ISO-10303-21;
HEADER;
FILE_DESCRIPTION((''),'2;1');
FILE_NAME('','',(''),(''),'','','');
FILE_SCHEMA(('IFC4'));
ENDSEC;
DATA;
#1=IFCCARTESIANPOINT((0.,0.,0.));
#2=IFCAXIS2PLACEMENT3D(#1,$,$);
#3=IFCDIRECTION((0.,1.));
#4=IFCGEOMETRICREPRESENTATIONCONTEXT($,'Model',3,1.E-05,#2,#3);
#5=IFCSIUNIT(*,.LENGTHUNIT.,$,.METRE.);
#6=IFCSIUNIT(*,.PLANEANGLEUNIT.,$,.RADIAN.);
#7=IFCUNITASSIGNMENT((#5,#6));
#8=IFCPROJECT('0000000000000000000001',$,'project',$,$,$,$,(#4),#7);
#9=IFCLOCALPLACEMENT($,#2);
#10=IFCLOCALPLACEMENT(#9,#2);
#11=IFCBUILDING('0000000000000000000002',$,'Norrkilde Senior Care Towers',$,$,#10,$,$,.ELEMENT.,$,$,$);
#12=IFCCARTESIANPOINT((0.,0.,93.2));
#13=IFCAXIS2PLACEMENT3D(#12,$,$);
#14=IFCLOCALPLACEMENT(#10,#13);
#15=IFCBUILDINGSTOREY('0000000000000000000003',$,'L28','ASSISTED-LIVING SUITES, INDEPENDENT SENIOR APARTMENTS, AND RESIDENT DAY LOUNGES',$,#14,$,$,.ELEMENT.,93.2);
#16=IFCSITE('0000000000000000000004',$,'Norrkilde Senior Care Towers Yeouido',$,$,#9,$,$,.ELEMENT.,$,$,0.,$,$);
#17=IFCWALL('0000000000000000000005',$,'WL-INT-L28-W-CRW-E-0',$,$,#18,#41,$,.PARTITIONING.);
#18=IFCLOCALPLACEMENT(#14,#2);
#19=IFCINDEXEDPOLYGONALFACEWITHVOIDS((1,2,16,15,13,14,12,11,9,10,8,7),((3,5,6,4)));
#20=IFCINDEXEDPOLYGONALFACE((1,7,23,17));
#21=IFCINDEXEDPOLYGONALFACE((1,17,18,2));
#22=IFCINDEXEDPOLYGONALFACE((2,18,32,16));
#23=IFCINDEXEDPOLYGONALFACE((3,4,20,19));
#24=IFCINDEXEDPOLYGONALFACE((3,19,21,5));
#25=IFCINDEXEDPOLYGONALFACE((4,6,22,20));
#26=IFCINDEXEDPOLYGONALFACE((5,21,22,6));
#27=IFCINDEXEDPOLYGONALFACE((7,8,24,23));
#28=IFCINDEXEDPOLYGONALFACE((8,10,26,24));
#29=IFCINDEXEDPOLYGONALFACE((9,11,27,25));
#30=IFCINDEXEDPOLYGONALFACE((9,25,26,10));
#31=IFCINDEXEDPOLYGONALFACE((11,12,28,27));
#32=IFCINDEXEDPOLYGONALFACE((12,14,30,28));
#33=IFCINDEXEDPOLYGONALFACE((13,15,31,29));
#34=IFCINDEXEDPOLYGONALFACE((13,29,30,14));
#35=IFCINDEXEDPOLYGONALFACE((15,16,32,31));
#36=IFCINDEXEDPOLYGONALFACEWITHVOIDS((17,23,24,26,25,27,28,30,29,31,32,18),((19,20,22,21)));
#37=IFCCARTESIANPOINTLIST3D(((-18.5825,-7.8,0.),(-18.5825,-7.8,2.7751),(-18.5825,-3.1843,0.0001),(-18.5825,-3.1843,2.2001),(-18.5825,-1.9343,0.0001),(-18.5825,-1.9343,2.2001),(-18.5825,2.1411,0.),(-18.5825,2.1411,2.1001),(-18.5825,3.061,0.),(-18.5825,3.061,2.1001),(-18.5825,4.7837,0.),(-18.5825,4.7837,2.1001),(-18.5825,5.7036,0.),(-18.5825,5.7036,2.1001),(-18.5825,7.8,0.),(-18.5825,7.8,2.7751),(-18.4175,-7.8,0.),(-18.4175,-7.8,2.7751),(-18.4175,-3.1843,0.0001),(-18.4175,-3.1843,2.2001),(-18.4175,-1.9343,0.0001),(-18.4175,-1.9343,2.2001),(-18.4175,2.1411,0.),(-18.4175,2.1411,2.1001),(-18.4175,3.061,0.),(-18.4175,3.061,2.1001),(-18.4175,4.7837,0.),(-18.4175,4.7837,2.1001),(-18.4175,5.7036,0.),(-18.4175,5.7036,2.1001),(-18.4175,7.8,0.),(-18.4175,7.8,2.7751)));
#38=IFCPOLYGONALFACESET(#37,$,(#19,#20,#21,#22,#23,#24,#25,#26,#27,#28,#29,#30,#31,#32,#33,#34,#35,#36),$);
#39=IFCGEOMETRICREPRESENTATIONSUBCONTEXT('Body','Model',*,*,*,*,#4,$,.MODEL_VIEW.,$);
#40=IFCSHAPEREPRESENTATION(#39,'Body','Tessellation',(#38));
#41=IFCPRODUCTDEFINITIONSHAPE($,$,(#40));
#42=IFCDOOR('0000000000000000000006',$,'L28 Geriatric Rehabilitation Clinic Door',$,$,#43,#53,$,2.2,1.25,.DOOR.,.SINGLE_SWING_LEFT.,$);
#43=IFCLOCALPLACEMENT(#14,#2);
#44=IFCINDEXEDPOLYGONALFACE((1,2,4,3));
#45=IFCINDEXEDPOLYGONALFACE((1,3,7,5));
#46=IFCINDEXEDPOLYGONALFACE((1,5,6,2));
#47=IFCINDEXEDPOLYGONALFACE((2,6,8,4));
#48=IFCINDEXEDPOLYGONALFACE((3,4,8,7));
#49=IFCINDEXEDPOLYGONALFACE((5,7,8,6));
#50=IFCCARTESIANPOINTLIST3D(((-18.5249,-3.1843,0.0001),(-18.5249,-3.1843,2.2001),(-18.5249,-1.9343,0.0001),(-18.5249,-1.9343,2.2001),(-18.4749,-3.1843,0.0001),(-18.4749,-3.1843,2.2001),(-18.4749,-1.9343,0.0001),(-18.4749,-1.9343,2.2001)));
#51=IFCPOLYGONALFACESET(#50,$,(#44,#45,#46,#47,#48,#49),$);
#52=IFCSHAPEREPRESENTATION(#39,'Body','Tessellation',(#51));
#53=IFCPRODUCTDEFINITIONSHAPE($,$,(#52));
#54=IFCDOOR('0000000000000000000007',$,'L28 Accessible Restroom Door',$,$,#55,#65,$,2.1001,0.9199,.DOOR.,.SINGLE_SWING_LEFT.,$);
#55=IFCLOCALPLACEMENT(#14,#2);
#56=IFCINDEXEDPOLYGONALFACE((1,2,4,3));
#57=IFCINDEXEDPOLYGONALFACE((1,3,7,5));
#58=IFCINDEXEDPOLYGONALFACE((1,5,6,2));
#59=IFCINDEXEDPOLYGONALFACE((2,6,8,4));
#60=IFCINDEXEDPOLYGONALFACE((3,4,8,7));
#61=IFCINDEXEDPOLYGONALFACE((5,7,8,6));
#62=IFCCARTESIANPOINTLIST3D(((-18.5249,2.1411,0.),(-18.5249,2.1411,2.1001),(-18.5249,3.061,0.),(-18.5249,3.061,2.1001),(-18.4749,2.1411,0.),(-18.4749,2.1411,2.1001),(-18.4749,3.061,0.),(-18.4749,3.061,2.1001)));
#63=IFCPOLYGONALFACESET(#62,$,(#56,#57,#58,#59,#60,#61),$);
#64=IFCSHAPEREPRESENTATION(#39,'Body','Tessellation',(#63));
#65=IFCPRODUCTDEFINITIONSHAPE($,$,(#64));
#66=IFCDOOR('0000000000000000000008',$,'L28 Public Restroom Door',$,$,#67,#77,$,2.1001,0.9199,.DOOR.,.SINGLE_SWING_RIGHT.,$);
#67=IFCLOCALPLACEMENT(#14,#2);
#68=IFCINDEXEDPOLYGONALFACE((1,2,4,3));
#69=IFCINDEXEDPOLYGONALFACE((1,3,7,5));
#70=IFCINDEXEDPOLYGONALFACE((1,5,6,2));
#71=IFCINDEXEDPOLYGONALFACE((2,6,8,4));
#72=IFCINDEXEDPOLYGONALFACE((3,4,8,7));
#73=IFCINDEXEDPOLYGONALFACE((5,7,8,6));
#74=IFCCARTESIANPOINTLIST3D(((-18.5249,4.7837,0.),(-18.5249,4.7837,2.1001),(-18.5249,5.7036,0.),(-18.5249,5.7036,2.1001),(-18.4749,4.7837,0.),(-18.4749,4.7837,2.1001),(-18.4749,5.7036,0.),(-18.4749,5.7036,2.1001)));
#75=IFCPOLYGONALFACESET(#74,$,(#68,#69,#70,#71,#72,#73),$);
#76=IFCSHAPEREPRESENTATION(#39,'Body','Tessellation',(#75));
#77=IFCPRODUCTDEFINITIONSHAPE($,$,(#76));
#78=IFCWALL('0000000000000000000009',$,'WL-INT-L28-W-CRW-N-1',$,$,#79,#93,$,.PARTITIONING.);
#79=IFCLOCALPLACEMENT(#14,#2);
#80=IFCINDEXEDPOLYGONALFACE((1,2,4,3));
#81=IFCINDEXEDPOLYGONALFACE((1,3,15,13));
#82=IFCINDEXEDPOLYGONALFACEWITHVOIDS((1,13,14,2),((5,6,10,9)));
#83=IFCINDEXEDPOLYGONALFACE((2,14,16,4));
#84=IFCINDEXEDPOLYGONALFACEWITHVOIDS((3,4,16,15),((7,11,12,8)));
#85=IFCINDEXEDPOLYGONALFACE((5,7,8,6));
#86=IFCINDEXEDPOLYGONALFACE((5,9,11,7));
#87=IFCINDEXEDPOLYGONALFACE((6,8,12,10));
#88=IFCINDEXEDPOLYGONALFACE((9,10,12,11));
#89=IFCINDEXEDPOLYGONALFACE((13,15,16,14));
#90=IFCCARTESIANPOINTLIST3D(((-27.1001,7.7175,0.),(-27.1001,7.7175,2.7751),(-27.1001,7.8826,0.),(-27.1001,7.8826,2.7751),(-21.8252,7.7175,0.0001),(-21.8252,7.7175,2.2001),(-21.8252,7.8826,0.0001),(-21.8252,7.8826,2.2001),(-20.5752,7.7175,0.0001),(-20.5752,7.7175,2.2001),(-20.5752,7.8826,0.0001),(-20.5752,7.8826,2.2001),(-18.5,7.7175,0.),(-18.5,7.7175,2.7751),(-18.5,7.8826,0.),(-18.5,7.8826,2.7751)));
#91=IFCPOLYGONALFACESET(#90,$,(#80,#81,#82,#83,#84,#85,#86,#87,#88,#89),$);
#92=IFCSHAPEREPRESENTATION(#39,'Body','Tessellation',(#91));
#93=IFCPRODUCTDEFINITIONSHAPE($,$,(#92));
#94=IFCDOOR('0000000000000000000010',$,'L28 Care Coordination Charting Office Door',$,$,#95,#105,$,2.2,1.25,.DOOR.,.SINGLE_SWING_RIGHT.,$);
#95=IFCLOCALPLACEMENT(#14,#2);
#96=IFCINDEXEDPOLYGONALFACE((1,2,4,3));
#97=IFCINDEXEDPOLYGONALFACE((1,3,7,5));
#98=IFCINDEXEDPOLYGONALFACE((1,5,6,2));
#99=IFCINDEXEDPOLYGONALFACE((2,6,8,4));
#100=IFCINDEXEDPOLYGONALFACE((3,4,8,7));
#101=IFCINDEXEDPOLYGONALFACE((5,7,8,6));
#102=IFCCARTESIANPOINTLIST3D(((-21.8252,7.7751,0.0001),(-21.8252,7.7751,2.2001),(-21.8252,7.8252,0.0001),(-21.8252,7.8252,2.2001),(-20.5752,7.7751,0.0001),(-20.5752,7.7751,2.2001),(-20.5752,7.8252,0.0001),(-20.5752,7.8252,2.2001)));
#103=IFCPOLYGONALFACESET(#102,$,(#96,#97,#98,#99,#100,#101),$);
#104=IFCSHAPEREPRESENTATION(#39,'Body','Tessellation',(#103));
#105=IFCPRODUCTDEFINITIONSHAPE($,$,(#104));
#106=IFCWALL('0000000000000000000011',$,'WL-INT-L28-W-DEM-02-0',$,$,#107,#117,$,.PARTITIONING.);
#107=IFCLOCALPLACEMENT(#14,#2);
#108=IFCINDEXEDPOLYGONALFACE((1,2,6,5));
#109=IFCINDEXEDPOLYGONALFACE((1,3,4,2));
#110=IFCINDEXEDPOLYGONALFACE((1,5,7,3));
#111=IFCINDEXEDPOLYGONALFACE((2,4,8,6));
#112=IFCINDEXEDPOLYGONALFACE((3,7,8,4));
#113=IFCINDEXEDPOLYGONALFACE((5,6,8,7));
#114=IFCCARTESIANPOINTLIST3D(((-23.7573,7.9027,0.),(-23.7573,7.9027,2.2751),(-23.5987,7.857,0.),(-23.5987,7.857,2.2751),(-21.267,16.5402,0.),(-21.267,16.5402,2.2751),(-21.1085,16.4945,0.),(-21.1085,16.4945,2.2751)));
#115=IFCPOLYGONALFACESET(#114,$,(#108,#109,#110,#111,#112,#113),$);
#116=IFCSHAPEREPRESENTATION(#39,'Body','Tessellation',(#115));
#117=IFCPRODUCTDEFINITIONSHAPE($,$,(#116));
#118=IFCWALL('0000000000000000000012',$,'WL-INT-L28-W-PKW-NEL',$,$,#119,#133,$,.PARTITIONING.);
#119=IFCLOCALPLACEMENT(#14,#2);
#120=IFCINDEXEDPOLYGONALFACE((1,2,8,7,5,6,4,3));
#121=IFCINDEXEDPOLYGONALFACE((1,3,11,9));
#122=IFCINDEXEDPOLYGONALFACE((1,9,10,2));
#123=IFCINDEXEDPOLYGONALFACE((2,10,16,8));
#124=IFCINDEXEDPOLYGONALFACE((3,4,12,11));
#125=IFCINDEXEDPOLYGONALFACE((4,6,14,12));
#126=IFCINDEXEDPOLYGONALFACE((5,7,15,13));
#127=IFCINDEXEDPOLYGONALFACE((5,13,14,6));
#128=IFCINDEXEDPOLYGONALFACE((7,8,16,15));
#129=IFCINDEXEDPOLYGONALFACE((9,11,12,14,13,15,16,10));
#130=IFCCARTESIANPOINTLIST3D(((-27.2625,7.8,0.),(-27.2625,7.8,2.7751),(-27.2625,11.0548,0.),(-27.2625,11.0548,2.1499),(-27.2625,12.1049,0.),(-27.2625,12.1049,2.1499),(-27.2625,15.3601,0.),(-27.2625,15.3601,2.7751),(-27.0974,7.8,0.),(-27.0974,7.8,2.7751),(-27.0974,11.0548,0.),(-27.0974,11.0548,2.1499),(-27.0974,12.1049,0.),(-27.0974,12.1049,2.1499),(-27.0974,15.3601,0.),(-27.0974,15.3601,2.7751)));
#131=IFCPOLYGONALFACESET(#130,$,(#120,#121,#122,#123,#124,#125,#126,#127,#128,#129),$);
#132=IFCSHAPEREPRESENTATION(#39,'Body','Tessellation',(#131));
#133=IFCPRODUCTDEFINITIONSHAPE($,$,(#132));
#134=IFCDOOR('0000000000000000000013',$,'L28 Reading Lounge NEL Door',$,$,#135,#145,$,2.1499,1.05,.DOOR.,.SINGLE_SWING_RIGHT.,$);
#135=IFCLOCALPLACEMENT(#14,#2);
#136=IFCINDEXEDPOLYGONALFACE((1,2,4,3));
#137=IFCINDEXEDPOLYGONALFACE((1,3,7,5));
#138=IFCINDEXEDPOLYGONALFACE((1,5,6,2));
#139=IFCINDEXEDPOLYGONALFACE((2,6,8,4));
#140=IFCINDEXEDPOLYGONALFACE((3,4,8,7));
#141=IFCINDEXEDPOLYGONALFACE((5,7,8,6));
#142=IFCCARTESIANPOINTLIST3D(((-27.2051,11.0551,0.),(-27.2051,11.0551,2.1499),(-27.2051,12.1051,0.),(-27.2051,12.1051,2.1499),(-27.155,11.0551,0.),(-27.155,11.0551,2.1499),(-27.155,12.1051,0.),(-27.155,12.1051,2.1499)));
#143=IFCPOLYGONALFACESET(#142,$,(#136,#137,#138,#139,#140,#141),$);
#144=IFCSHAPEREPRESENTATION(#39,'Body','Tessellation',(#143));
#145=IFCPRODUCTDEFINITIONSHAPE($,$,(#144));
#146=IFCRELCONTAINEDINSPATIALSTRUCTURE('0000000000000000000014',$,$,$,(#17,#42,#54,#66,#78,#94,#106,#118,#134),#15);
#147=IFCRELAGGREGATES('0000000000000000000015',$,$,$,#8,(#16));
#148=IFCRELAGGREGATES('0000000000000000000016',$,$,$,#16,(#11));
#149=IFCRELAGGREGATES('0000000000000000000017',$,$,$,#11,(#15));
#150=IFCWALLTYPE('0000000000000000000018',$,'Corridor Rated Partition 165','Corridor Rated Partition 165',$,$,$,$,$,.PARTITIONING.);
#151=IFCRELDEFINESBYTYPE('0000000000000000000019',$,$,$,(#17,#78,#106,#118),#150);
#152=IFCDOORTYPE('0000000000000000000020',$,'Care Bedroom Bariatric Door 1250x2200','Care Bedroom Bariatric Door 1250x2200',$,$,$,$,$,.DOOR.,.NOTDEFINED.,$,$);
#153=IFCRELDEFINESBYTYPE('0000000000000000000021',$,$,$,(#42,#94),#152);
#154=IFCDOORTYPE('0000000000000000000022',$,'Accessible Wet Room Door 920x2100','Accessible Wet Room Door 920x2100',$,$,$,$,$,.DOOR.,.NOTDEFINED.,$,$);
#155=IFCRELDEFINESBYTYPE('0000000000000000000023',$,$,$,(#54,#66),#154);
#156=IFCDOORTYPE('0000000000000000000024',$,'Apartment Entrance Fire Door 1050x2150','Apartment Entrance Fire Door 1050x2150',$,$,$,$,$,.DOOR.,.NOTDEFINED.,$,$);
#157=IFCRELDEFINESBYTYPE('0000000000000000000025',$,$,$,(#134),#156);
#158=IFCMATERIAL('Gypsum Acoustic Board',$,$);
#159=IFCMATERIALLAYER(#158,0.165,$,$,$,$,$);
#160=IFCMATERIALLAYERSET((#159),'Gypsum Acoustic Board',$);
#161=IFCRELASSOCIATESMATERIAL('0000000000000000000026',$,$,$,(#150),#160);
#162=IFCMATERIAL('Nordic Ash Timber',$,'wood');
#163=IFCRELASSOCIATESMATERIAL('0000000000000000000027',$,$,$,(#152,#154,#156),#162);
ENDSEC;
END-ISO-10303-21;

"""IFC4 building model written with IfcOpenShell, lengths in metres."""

from ifc_helpers import new_model, si_unit, direction, frame, frame_2d, origin, place, context, subcontext, project, spatial, rectangle, extrude, source, transform, mapped, material, layer, layer_set, type_object, type_shapes, element, fill, save


model = new_model("IFC4")

# Units and contexts
model_context = context("Model", 3, precision=1e-05, world=origin(), true_north=direction((0.0, 1.0)))
body_context = subcontext(model_context, "Body", "Model", "MODEL_VIEW")
ifc_project = project(units=[si_unit("LENGTHUNIT", "METRE"), si_unit("PLANEANGLEUNIT", "RADIAN")], contexts=[model_context])

# Site, building, storey
site_placement = place(None, origin())
site = spatial("IfcSite", under=ifc_project, at=site_placement, Name="Norrkilde Senior Care Towers Yeouido", CompositionType="ELEMENT", RefElevation=0.0)
building_placement = place(site_placement, origin())
building = spatial("IfcBuilding", under=site, at=building_placement, Name="Norrkilde Senior Care Towers", CompositionType="ELEMENT")
storey_placement = place(building_placement, frame((0.0, 0.0, 93.2)))
storey = spatial("IfcBuildingStorey", under=building, at=storey_placement, Name="L28", Description="ASSISTED-LIVING SUITES, INDEPENDENT SENIOR APARTMENTS, AND RESIDENT DAY LOUNGES", CompositionType="ELEMENT", Elevation=93.2)

# Wall, openings, doors
ifc_material_1 = material(Name="Gypsum Acoustic Board")
ifc_layer_1 = layer(ifc_material_1, 0.165)
ifc_layer_set_1 = layer_set([ifc_layer_1], Name="Gypsum Acoustic Board")
wall_type = type_object("IfcWallType", Name="Corridor Rated Partition 165", Description="Corridor Rated Partition 165", PredefinedType="PARTITIONING", material=ifc_layer_set_1)
shared_shape_1 = source(origin(), body_context, "Body", "SweptSolid", [
    extrude(rectangle(XDim=15.6001, YDim=0.165, at=frame_2d((7.8, 0.0))), origin(), (0.0, 0.0, 1.0), 2.7751),
])
wall_1_placement = place(storey_placement, frame((-18.5, 7.8, 0.0), z_axis=(0.0, 0.0, 1.0), x_axis=(0.0, -1.0, 0.0)))
wall_1 = element("IfcWall", 1, at=wall_1_placement, inside=storey, type_object=wall_type, Name="WL-INT-L28-W-CRW-E-0", PredefinedType="PARTITIONING", context=body_context, shape_type="MappedRepresentation", body=[
    mapped(shared_shape_1, transform((0.0, 0.0, 0.0), x_axis=(1.0, 0.0, 0.0), y_axis=(0.0, 1.0, 0.0), z_axis=(0.0, 0.0, 1.0), scale=1.0)),
])
opening_1_placement = place(wall_1_placement, frame((9.7344, 0.0, 0.0)))
opening_1 = element("IfcOpeningElement", 2, at=opening_1_placement, cuts=wall_1, PredefinedType="OPENING", context=body_context, shape_type="SweptSolid", body=[
    extrude(rectangle(XDim=1.25, YDim=2.2, at=frame_2d((0.625, 1.1001))), frame((0.0, 0.0925, 0.0), z_axis=(0.0, -1.0, 0.0), x_axis=(1.0, 0.0, 0.0)), (0.0, 0.0, 1.0), 0.1851),
])
opening_2_placement = place(wall_1_placement, frame((4.739, 0.0, 0.0)))
opening_2 = element("IfcOpeningElement", 3, at=opening_2_placement, cuts=wall_1, PredefinedType="OPENING", context=body_context, shape_type="SweptSolid", body=[
    extrude(rectangle(XDim=0.9199, YDim=2.1001, at=frame_2d((0.46, 1.05))), frame((0.0, 0.0925, 0.0), z_axis=(0.0, -1.0, 0.0), x_axis=(1.0, 0.0, 0.0)), (0.0, 0.0, 1.0), 0.1851),
])
opening_3_placement = place(wall_1_placement, frame((2.0964, 0.0, 0.0)))
opening_3 = element("IfcOpeningElement", 4, at=opening_3_placement, cuts=wall_1, PredefinedType="OPENING", context=body_context, shape_type="SweptSolid", body=[
    extrude(rectangle(XDim=0.9199, YDim=2.1001, at=frame_2d((0.46, 1.05))), frame((0.0, 0.0925, 0.0), z_axis=(0.0, -1.0, 0.0), x_axis=(1.0, 0.0, 0.0)), (0.0, 0.0, 1.0), 0.1851),
])
ifc_material_2 = material(Name="Nordic Ash Timber", Category="wood")
door_type_1 = type_object("IfcDoorType", Name="Care Bedroom Bariatric Door 1250x2200", Description="Care Bedroom Bariatric Door 1250x2200", OperationType="NOTDEFINED", PredefinedType="DOOR", material=ifc_material_2)
shared_shape_2 = source(origin(), body_context, "Body", "SweptSolid", [
    extrude(rectangle(XDim=1.25, YDim=2.2, at=frame_2d((0.625, 1.1001))), frame((0.0, 0.0249, 0.0), z_axis=(0.0, -1.0, 0.0), x_axis=(1.0, 0.0, 0.0)), (0.0, 0.0, 1.0), 0.05),
])
type_shapes(door_type_1, [shared_shape_2])
door_1_placement = place(opening_1_placement, frame((1.25, 0.0, 0.0), z_axis=(0.0, 0.0, 1.0), x_axis=(-1.0, 0.0, 0.0)))
door_1 = element("IfcDoor", 5, at=door_1_placement, inside=storey, type_object=door_type_1, Name="L28 Geriatric Rehabilitation Clinic Door", OperationType="SINGLE_SWING_LEFT", OverallHeight=2.2, OverallWidth=1.25, PredefinedType="DOOR", context=body_context, shape_type="MappedRepresentation", body=[
    mapped(shared_shape_2, transform((0.0, 0.0, 0.0), x_axis=(1.0, 0.0, 0.0), y_axis=(0.0, 1.0, 0.0), z_axis=(0.0, 0.0, 1.0), scale=1.0)),
])
fill(opening_1, door_1)
door_type_2 = type_object("IfcDoorType", Name="Accessible Wet Room Door 920x2100", Description="Accessible Wet Room Door 920x2100", OperationType="NOTDEFINED", PredefinedType="DOOR", material=ifc_material_2)
shared_shape_3 = source(origin(), body_context, "Body", "SweptSolid", [
    extrude(rectangle(XDim=0.9199, YDim=2.1001, at=frame_2d((0.46, 1.05))), frame((0.0, 0.0249, 0.0), z_axis=(0.0, -1.0, 0.0), x_axis=(1.0, 0.0, 0.0)), (0.0, 0.0, 1.0), 0.05),
])
type_shapes(door_type_2, [shared_shape_3])
door_2_placement = place(opening_2_placement, frame((0.9199, 0.0, 0.0), z_axis=(0.0, 0.0, 1.0), x_axis=(-1.0, 0.0, 0.0)))
door_2 = element("IfcDoor", 6, at=door_2_placement, inside=storey, type_object=door_type_2, Name="L28 Accessible Restroom Door", OperationType="SINGLE_SWING_LEFT", OverallHeight=2.1001, OverallWidth=0.9199, PredefinedType="DOOR", context=body_context, shape_type="MappedRepresentation", body=[
    mapped(shared_shape_3, transform((0.0, 0.0, 0.0), x_axis=(1.0, 0.0, 0.0), y_axis=(0.0, 1.0, 0.0), z_axis=(0.0, 0.0, 1.0), scale=1.0)),
])
fill(opening_2, door_2)
door_3_placement = place(opening_3_placement, frame((0.9199, 0.0, 0.0), z_axis=(0.0, 0.0, 1.0), x_axis=(-1.0, 0.0, 0.0)))
door_3 = element("IfcDoor", 7, at=door_3_placement, inside=storey, type_object=door_type_2, Name="L28 Public Restroom Door", OperationType="SINGLE_SWING_RIGHT", OverallHeight=2.1001, OverallWidth=0.9199, PredefinedType="DOOR", context=body_context, shape_type="MappedRepresentation", body=[
    mapped(shared_shape_3, transform((0.0, 0.0, 0.0), x_axis=(1.0, 0.0, 0.0), y_axis=(0.0, 1.0, 0.0), z_axis=(0.0, 0.0, 1.0), scale=1.0)),
])
fill(opening_3, door_3)

# Wall, opening, door
shared_shape_4 = source(origin(), body_context, "Body", "SweptSolid", [
    extrude(rectangle(XDim=8.6001, YDim=0.165, at=frame_2d((4.3, 0.0))), origin(), (0.0, 0.0, 1.0), 2.7751),
])
wall_2_placement = place(storey_placement, frame((-27.1001, 7.8, 0.0), z_axis=(0.0, 0.0, 1.0), x_axis=(1.0, 0.0, 0.0)))
wall_2 = element("IfcWall", 8, at=wall_2_placement, inside=storey, type_object=wall_type, Name="WL-INT-L28-W-CRW-N-1", PredefinedType="PARTITIONING", context=body_context, shape_type="MappedRepresentation", body=[
    mapped(shared_shape_4, transform((0.0, 0.0, 0.0), x_axis=(1.0, 0.0, 0.0), y_axis=(0.0, 1.0, 0.0), z_axis=(0.0, 0.0, 1.0), scale=1.0)),
])
opening_4_placement = place(wall_2_placement, frame((5.2749, 0.0, 0.0)))
opening_4 = element("IfcOpeningElement", 9, at=opening_4_placement, cuts=wall_2, PredefinedType="OPENING", context=body_context, shape_type="SweptSolid", body=[
    extrude(rectangle(XDim=1.25, YDim=2.2, at=frame_2d((0.625, 1.1001))), frame((0.0, 0.0925, 0.0), z_axis=(0.0, -1.0, 0.0), x_axis=(1.0, 0.0, 0.0)), (0.0, 0.0, 1.0), 0.1851),
])
door_4_placement = place(opening_4_placement, frame((1.25, 0.0, 0.0), z_axis=(0.0, 0.0, 1.0), x_axis=(-1.0, 0.0, 0.0)))
door_4 = element("IfcDoor", 10, at=door_4_placement, inside=storey, type_object=door_type_1, Name="L28 Care Coordination Charting Office Door", OperationType="SINGLE_SWING_RIGHT", OverallHeight=2.2, OverallWidth=1.25, PredefinedType="DOOR", context=body_context, shape_type="MappedRepresentation", body=[
    mapped(shared_shape_2, transform((0.0, 0.0, 0.0), x_axis=(1.0, 0.0, 0.0), y_axis=(0.0, 1.0, 0.0), z_axis=(0.0, 0.0, 1.0), scale=1.0)),
])
fill(opening_4, door_4)

# Wall
shared_shape_5 = source(origin(), body_context, "Body", "SweptSolid", [
    extrude(rectangle(XDim=8.9893, YDim=0.165, at=frame_2d((4.4946, 0.0))), origin(), (0.0, 0.0, 1.0), 2.2751),
])
wall_3_placement = place(storey_placement, frame((-23.678, 7.8799, 0.0), z_axis=(0.0, 0.0, 1.0), x_axis=(0.277023, 0.960863, 0.0)))
element("IfcWall", 11, at=wall_3_placement, inside=storey, type_object=wall_type, Name="WL-INT-L28-W-DEM-02-0", PredefinedType="PARTITIONING", context=body_context, shape_type="MappedRepresentation", body=[
    mapped(shared_shape_5, transform((0.0, 0.0, 0.0), x_axis=(1.0, 0.0, 0.0), y_axis=(0.0, 1.0, 0.0), z_axis=(0.0, 0.0, 1.0), scale=1.0)),
])

# Wall, opening, door
shared_shape_6 = source(origin(), body_context, "Body", "SweptSolid", [
    extrude(rectangle(XDim=7.5601, YDim=0.165, at=frame_2d((3.78, 0.0))), origin(), (0.0, 0.0, 1.0), 2.7751),
])
wall_4_placement = place(storey_placement, frame((-27.1799, 7.8, 0.0), z_axis=(0.0, 0.0, 1.0), x_axis=(0.0, 1.0, 0.0)))
wall_4 = element("IfcWall", 12, at=wall_4_placement, inside=storey, type_object=wall_type, Name="WL-INT-L28-W-PKW-NEL", PredefinedType="PARTITIONING", context=body_context, shape_type="MappedRepresentation", body=[
    mapped(shared_shape_6, transform((0.0, 0.0, 0.0), x_axis=(1.0, 0.0, 0.0), y_axis=(0.0, 1.0, 0.0), z_axis=(0.0, 0.0, 1.0), scale=1.0)),
])
opening_5_placement = place(wall_4_placement, frame((3.2549, 0.0, 0.0)))
opening_5 = element("IfcOpeningElement", 13, at=opening_5_placement, cuts=wall_4, PredefinedType="OPENING", context=body_context, shape_type="SweptSolid", body=[
    extrude(rectangle(XDim=1.05, YDim=2.1499, at=frame_2d((0.5249, 1.075))), frame((0.0, 0.0925, 0.0), z_axis=(0.0, -1.0, 0.0), x_axis=(1.0, 0.0, 0.0)), (0.0, 0.0, 1.0), 0.1851),
])
door_type_3 = type_object("IfcDoorType", Name="Apartment Entrance Fire Door 1050x2150", Description="Apartment Entrance Fire Door 1050x2150", OperationType="NOTDEFINED", PredefinedType="DOOR", material=ifc_material_2)
shared_shape_7 = source(origin(), body_context, "Body", "SweptSolid", [
    extrude(rectangle(XDim=1.05, YDim=2.1499, at=frame_2d((0.5249, 1.075))), frame((0.0, 0.0249, 0.0), z_axis=(0.0, -1.0, 0.0), x_axis=(1.0, 0.0, 0.0)), (0.0, 0.0, 1.0), 0.05),
])
type_shapes(door_type_3, [shared_shape_7])
door_5_placement = place(opening_5_placement, frame((1.05, 0.0, 0.0), z_axis=(0.0, 0.0, 1.0), x_axis=(-1.0, 0.0, 0.0)))
door_5 = element("IfcDoor", 14, at=door_5_placement, inside=storey, type_object=door_type_3, Name="L28 Reading Lounge NEL Door", OperationType="SINGLE_SWING_RIGHT", OverallHeight=2.1499, OverallWidth=1.05, PredefinedType="DOOR", context=body_context, shape_type="MappedRepresentation", body=[
    mapped(shared_shape_7, transform((0.0, 0.0, 0.0), x_axis=(1.0, 0.0, 0.0), y_axis=(0.0, 1.0, 0.0), z_axis=(0.0, 0.0, 1.0), scale=1.0)),
])
fill(opening_5, door_5)

save(model, "model.ifc")
